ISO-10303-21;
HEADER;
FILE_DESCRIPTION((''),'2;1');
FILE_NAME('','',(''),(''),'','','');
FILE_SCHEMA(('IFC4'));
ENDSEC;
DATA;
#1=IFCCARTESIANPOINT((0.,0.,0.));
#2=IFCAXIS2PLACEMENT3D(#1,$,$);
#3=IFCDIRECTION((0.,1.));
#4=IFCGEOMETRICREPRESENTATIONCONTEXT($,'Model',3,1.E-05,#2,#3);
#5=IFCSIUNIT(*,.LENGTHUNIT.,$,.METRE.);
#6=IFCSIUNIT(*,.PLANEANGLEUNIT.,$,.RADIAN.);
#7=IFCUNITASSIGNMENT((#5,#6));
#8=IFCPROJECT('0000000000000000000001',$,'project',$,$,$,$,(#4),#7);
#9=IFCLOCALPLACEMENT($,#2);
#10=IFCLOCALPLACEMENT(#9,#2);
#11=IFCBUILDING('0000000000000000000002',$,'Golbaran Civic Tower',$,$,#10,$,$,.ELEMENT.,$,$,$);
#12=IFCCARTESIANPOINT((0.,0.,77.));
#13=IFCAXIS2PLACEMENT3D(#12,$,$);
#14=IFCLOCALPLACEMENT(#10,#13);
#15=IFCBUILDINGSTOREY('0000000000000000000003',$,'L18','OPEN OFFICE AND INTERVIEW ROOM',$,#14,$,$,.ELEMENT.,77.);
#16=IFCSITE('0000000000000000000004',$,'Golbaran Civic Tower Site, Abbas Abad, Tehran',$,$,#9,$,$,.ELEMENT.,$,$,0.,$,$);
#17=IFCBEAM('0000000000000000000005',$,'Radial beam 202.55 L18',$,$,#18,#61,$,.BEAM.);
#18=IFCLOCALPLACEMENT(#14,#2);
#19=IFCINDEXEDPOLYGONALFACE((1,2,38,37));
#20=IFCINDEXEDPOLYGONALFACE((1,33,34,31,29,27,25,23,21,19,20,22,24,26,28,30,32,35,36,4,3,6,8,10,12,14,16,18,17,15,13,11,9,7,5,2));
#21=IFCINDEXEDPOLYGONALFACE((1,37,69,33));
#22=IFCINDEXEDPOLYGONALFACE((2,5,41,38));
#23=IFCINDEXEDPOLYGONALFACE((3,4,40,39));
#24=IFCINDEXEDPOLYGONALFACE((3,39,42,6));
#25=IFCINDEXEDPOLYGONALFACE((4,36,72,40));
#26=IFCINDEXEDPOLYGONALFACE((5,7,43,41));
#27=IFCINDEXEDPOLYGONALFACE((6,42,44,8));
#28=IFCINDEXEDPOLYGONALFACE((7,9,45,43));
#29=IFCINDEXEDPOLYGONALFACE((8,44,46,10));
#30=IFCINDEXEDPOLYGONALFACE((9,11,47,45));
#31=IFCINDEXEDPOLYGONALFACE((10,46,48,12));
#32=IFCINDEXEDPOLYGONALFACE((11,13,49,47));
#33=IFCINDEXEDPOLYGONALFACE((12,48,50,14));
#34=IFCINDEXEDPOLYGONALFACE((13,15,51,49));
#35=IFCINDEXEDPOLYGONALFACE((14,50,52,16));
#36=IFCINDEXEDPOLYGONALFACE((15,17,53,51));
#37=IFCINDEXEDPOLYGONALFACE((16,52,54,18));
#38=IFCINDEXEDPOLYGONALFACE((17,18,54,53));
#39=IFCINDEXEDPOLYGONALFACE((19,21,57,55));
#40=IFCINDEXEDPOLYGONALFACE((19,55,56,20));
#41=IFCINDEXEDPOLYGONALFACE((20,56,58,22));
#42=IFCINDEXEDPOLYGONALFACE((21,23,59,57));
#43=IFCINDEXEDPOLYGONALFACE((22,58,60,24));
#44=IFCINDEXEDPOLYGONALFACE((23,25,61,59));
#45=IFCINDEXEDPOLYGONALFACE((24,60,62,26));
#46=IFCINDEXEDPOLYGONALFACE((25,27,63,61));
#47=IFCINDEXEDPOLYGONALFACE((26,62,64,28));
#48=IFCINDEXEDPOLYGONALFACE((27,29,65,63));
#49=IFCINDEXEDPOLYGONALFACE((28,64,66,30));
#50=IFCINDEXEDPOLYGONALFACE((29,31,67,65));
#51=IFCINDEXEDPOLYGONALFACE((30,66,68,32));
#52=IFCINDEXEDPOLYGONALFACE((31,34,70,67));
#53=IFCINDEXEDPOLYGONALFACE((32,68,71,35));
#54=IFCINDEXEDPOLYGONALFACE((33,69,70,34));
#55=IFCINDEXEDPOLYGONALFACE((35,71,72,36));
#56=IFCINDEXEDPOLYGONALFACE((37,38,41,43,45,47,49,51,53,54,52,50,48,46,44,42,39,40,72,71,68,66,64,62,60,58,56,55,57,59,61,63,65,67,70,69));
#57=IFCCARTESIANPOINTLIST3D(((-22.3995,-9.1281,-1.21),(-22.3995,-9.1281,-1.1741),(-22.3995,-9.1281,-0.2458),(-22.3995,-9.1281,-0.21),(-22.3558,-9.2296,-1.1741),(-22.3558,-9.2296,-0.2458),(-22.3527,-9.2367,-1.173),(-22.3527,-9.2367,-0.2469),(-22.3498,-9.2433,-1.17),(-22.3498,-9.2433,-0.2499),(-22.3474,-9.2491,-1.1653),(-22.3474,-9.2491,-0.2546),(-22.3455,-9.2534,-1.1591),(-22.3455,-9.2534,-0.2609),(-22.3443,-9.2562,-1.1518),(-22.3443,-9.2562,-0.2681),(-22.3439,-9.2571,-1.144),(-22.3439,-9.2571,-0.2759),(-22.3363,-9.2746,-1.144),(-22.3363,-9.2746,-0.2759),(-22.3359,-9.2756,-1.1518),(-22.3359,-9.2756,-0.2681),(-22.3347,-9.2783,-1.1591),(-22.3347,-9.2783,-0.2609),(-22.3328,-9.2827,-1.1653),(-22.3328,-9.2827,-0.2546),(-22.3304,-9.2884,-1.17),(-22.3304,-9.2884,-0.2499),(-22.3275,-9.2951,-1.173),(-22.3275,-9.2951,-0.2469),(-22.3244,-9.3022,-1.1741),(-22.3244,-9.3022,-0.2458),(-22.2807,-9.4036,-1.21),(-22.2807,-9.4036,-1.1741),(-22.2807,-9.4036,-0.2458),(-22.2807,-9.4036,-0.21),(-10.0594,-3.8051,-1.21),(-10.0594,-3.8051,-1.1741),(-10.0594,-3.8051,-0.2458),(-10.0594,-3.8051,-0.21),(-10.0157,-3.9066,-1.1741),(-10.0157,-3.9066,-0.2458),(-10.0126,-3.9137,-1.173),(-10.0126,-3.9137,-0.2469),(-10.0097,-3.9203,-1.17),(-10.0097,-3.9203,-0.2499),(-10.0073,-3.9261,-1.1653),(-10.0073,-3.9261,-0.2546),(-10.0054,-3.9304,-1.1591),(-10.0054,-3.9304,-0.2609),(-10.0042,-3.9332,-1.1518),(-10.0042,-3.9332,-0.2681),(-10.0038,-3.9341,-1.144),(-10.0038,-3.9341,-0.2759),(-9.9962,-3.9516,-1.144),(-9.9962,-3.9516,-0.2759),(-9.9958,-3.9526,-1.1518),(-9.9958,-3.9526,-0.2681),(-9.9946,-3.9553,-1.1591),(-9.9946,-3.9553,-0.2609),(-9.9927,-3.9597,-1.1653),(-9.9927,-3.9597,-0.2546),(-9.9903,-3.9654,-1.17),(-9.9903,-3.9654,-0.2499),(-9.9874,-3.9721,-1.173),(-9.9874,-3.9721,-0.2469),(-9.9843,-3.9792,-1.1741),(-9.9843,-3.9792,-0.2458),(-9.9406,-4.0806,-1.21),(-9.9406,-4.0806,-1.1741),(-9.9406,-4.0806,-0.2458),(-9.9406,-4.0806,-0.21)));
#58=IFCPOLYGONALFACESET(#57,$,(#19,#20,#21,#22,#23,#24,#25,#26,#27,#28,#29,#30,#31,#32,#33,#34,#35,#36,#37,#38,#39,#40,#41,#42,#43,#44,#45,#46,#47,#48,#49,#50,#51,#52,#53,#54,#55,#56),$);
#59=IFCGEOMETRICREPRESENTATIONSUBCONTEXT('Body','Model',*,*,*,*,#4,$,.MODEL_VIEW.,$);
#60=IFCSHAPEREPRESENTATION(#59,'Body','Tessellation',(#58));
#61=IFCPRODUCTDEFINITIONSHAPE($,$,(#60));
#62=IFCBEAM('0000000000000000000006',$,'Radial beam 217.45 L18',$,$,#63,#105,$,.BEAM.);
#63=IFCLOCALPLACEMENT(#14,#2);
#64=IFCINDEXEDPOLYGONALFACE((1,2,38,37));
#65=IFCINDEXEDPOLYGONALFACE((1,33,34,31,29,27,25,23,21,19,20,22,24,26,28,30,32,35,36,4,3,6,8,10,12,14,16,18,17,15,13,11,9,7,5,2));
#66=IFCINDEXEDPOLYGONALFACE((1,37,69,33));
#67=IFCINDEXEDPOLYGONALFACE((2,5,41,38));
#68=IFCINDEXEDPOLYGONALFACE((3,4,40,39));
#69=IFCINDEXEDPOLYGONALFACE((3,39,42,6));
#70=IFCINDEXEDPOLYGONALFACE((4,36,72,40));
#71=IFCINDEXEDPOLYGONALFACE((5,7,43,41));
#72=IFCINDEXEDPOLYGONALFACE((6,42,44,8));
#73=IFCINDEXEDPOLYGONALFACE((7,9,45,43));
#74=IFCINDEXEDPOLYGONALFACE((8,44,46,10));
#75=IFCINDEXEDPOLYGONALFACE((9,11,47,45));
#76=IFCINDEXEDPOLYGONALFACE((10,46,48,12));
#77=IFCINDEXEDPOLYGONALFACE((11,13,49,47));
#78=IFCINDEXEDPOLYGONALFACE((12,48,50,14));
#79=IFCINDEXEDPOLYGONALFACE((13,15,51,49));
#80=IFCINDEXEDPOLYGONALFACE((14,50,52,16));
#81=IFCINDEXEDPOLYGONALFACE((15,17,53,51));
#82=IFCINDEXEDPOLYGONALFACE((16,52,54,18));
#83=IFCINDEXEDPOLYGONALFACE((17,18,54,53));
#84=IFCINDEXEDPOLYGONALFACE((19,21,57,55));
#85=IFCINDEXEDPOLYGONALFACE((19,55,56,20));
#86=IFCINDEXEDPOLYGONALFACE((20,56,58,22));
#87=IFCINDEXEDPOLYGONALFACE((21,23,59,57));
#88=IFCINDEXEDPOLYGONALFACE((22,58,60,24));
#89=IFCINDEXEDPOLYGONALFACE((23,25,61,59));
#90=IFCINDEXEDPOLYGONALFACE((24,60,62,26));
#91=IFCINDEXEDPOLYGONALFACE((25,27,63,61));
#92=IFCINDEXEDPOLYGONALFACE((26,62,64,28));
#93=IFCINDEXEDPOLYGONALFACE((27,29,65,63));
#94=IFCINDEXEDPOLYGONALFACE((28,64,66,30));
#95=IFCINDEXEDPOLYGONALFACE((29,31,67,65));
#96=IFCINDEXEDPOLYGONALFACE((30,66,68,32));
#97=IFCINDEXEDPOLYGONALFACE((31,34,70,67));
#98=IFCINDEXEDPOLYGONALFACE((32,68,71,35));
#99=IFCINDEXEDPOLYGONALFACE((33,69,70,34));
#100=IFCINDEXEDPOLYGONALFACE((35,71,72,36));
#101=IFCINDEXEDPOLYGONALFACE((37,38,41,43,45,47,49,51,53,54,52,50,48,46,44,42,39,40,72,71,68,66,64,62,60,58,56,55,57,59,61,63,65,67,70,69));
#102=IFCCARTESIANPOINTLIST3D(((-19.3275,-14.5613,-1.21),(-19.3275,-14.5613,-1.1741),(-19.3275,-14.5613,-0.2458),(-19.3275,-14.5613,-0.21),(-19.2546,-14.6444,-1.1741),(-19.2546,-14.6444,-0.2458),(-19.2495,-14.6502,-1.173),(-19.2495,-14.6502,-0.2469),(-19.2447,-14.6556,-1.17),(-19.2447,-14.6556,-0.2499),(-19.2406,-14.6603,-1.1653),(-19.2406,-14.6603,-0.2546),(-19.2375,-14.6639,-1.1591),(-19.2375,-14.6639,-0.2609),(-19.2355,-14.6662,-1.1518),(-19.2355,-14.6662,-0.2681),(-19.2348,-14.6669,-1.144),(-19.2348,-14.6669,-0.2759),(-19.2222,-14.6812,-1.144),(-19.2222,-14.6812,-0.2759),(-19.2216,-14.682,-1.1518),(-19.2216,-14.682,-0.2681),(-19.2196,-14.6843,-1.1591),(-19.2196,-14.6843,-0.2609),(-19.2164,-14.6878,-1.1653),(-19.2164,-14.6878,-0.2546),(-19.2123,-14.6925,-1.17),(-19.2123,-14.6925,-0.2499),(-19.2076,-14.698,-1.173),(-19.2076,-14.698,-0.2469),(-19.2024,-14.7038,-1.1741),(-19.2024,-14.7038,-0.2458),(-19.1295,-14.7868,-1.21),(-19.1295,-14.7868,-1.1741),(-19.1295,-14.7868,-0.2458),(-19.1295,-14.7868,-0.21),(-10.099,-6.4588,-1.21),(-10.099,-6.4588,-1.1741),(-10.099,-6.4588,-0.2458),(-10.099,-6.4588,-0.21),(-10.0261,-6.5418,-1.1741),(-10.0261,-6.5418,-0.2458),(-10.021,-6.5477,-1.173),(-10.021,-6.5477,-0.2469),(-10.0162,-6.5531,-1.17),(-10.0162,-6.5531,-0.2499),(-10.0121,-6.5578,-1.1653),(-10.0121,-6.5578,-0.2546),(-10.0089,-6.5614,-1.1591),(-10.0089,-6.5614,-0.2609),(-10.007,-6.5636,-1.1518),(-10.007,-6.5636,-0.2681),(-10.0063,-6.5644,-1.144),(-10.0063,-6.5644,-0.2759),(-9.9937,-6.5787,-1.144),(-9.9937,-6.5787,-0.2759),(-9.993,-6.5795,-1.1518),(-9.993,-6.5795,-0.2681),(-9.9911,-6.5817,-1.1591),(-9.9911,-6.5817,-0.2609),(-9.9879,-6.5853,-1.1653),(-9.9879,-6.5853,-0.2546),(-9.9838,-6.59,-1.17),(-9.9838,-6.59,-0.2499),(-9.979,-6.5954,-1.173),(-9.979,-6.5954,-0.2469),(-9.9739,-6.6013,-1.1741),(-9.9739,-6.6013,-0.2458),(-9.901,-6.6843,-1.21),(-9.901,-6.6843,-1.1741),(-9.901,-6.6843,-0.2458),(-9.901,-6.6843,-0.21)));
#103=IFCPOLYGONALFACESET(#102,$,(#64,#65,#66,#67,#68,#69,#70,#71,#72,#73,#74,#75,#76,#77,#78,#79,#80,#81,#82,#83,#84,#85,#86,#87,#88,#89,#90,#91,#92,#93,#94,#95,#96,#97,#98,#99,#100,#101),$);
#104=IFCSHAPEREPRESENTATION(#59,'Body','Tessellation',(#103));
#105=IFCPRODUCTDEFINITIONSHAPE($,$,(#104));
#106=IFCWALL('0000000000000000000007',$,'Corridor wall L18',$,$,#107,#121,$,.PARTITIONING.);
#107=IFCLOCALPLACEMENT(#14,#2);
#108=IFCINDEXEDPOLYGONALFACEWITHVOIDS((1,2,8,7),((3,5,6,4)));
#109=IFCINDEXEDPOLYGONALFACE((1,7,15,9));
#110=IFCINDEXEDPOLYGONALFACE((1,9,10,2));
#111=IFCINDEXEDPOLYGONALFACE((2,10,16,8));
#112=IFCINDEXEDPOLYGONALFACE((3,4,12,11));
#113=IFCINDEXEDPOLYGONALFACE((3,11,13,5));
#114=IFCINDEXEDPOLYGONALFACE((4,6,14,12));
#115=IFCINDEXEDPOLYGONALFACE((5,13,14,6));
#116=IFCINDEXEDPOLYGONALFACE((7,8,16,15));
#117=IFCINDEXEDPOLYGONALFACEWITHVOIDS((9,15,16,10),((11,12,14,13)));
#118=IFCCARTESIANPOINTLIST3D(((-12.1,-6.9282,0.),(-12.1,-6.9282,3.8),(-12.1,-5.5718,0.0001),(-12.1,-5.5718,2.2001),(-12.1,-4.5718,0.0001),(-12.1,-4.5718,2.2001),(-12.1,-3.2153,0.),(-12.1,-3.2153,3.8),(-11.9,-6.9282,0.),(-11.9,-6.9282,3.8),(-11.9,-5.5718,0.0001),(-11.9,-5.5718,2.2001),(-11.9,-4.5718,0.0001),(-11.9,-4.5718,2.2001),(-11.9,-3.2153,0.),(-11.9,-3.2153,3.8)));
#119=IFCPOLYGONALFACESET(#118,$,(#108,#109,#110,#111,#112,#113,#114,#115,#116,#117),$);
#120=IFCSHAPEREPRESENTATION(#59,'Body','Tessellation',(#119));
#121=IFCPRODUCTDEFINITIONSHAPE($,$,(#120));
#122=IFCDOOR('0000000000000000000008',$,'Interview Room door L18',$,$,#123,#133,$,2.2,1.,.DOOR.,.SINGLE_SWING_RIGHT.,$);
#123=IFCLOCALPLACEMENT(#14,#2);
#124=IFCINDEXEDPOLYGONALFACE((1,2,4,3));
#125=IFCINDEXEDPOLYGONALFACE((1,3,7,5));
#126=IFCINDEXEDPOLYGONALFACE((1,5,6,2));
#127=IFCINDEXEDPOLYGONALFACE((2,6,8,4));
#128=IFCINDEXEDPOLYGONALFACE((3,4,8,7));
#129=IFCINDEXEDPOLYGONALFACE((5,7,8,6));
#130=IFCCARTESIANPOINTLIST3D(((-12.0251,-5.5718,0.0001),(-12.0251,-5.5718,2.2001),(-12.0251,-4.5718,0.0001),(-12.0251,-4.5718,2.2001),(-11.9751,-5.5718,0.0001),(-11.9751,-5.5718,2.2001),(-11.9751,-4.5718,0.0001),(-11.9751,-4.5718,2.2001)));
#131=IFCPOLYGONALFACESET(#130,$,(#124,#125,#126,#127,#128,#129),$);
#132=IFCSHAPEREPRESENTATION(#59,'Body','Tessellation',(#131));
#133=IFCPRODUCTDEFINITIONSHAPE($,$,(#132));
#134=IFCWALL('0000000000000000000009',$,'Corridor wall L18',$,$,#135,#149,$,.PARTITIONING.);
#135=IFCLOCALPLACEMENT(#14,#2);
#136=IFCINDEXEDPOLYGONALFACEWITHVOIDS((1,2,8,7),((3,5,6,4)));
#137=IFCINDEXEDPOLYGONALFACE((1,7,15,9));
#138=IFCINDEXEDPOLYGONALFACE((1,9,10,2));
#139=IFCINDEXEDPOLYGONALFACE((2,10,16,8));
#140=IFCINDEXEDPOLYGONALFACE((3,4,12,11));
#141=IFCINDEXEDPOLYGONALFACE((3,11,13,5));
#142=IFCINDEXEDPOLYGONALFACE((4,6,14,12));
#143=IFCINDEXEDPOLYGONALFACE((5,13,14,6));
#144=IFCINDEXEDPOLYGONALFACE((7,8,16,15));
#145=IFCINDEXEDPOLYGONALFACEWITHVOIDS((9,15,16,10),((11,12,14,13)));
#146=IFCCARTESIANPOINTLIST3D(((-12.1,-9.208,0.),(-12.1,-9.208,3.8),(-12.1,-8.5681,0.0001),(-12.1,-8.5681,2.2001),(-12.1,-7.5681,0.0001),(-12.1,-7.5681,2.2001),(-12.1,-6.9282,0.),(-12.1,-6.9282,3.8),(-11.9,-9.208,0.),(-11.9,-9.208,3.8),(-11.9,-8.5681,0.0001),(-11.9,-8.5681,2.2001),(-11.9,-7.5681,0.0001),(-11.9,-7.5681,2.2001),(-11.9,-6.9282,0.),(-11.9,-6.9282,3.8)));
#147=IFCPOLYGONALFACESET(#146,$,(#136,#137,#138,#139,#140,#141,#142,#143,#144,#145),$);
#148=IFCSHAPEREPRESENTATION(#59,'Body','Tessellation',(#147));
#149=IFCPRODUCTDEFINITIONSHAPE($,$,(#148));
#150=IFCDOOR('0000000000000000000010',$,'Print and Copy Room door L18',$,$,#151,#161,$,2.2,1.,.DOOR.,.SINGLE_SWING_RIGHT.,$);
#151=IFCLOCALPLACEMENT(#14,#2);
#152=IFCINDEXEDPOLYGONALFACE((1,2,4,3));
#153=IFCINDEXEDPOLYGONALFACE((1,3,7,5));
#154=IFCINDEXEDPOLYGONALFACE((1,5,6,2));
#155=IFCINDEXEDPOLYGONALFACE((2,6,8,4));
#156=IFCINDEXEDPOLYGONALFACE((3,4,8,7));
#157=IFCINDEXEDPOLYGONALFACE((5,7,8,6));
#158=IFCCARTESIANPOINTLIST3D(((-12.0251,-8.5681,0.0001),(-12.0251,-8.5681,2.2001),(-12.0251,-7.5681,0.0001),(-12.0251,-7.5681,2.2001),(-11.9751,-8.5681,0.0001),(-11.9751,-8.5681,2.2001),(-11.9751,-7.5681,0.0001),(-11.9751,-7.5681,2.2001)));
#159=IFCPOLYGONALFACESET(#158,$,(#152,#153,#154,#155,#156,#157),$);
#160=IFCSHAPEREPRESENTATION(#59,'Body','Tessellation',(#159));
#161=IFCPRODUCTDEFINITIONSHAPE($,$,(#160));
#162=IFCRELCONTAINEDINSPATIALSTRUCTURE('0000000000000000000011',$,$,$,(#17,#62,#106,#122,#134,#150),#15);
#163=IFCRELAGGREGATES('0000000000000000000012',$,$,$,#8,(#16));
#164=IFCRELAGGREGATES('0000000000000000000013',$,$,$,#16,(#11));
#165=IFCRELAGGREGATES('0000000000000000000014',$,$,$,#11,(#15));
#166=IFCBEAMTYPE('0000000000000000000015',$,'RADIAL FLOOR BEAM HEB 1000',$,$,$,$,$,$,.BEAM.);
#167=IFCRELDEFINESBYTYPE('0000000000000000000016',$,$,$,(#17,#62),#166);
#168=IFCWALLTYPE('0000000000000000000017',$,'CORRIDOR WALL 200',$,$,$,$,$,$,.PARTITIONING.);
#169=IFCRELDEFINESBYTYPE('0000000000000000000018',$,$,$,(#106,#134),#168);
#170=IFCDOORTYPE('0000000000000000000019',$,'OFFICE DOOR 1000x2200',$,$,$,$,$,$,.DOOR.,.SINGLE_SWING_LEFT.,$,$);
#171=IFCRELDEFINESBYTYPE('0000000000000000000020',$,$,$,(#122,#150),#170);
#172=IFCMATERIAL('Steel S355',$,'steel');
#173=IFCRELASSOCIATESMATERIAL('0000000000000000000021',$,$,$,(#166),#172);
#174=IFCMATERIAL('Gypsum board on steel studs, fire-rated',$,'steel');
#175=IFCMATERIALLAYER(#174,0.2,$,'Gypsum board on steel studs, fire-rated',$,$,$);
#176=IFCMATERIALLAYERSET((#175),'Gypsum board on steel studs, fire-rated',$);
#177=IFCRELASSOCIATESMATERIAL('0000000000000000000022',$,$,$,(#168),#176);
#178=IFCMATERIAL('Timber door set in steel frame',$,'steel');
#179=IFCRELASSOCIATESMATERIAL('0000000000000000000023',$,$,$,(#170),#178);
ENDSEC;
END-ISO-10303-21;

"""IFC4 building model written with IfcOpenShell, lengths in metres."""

from ifc_helpers import new_model, si_unit, direction, frame, frame_2d, origin, origin_2d, place, context, subcontext, project, spatial, rectangle, i_section, extrude, material, layer, layer_set, material_profile, profile_set, type_object, element, fill, save


model = new_model("IFC4")

# Units and contexts
model_context = context("Model", 3, precision=1e-05, world=origin(), true_north=direction((0.0, 1.0)))
body_context = subcontext(model_context, "Body", "Model", "MODEL_VIEW")
ifc_project = project(units=[si_unit("LENGTHUNIT", "METRE"), si_unit("PLANEANGLEUNIT", "RADIAN")], contexts=[model_context])

# Site, building, storey
site_placement = place(None, origin())
site = spatial("IfcSite", under=ifc_project, at=site_placement, Name="Golbaran Civic Tower Site, Abbas Abad, Tehran", CompositionType="ELEMENT", RefElevation=0.0)
building_placement = place(site_placement, origin())
building = spatial("IfcBuilding", under=site, at=building_placement, Name="Golbaran Civic Tower", CompositionType="ELEMENT")
storey_placement = place(building_placement, frame((0.0, 0.0, 77.0)))
storey = spatial("IfcBuildingStorey", under=building, at=storey_placement, Name="L18", Description="OPEN OFFICE AND INTERVIEW ROOM", CompositionType="ELEMENT", Elevation=77.0)

# Beams
ifc_material_1 = material(Name="Steel S355", Category="steel")
ifc_material_profile_1 = material_profile(ifc_material_1, i_section(OverallWidth=0.3, OverallDepth=1.0, WebThickness=0.019, FlangeThickness=0.0359, FilletRadius=0.03, at=origin_2d()), Name="HEB 1000")
ifc_profile_set_1 = profile_set([ifc_material_profile_1], Name="Steel S355")
beam_type_1 = type_object("IfcBeamType", Name="RADIAL FLOOR BEAM HEB 1000", PredefinedType="BEAM", material=ifc_profile_set_1)
beam_1_placement = place(storey_placement, frame((-10.0, -3.9429, -0.71), z_axis=(-0.918216, -0.39608, 0.0), x_axis=(0.39608, -0.918216, 0.0)))
element("IfcBeam", 1, at=beam_1_placement, inside=storey, type_object=beam_type_1, Name="Radial beam 202.55 L18", PredefinedType="BEAM", context=body_context, shape_type="SweptSolid", body=[
    extrude(i_section(OverallWidth=0.3, OverallDepth=1.0, WebThickness=0.019, FlangeThickness=0.0359, FilletRadius=0.03, at=origin_2d()), origin(), (0.0, 0.0, 1.0), 13.4392),
])
beam_2_placement = place(storey_placement, frame((-10.0, -6.5715, -0.71), z_axis=(-0.751462, -0.659776, 0.0), x_axis=(0.659776, -0.751462, 0.0)))
element("IfcBeam", 2, at=beam_2_placement, inside=storey, type_object=beam_type_1, Name="Radial beam 217.45 L18", PredefinedType="BEAM", context=body_context, shape_type="SweptSolid", body=[
    extrude(i_section(OverallWidth=0.3, OverallDepth=1.0, WebThickness=0.019, FlangeThickness=0.0359, FilletRadius=0.03, at=origin_2d()), origin(), (0.0, 0.0, 1.0), 12.2808),
])

# Walls, openings, doors
ifc_material_2 = material(Name="Gypsum board on steel studs, fire-rated", Category="steel")
ifc_layer_1 = layer(ifc_material_2, 0.2, Name="Gypsum board on steel studs, fire-rated")
ifc_layer_set_1 = layer_set([ifc_layer_1], Name="Gypsum board on steel studs, fire-rated")
wall_type_1 = type_object("IfcWallType", Name="CORRIDOR WALL 200", PredefinedType="PARTITIONING", material=ifc_layer_set_1)
wall_1_placement = place(storey_placement, frame((-12.0, -3.2153, 0.0), z_axis=(0.0, 0.0, 1.0), x_axis=(0.0, -1.0, 0.0)))
wall_1 = element("IfcWall", 3, at=wall_1_placement, inside=storey, type_object=wall_type_1, Name="Corridor wall L18", PredefinedType="PARTITIONING", context=body_context, shape_type="SweptSolid", body=[
    extrude(rectangle(XDim=3.7129, YDim=0.2, at=frame_2d((1.8564, 0.0))), origin(), (0.0, 0.0, 1.0), 3.8),
])
opening_1_placement = place(wall_1_placement, frame((1.3564, 0.0, 0.0)))
opening_1 = element("IfcOpeningElement", 4, at=opening_1_placement, cuts=wall_1, PredefinedType="OPENING", context=body_context, shape_type="SweptSolid", body=[
    extrude(rectangle(XDim=1.0, YDim=2.2, at=frame_2d((0.5, 1.1001))), frame((0.0, 0.1099, 0.0), z_axis=(0.0, -1.0, 0.0), x_axis=(1.0, 0.0, 0.0)), (0.0, 0.0, 1.0), 0.22),
])
ifc_material_3 = material(Name="Timber door set in steel frame", Category="steel")
door_type = type_object("IfcDoorType", Name="OFFICE DOOR 1000x2200", OperationType="SINGLE_SWING_LEFT", PredefinedType="DOOR", material=ifc_material_3)
door_1_placement = place(opening_1_placement, origin())
door_1 = element("IfcDoor", 5, at=door_1_placement, inside=storey, type_object=door_type, Name="Interview Room door L18", OperationType="SINGLE_SWING_RIGHT", OverallHeight=2.2, OverallWidth=1.0, PredefinedType="DOOR", context=body_context, shape_type="SweptSolid", body=[
    extrude(rectangle(XDim=1.0, YDim=2.2, at=frame_2d((0.5, 1.1001))), frame((0.0, 0.0249, 0.0), z_axis=(0.0, -1.0, 0.0), x_axis=(1.0, 0.0, 0.0)), (0.0, 0.0, 1.0), 0.05),
])
fill(opening_1, door_1)
wall_2_placement = place(storey_placement, frame((-12.0, -6.9282, 0.0), z_axis=(0.0, 0.0, 1.0), x_axis=(0.0, -1.0, 0.0)))
wall_2 = element("IfcWall", 6, at=wall_2_placement, inside=storey, type_object=wall_type_1, Name="Corridor wall L18", PredefinedType="PARTITIONING", context=body_context, shape_type="SweptSolid", body=[
    extrude(rectangle(XDim=2.2798, YDim=0.2, at=frame_2d((1.1399, 0.0))), origin(), (0.0, 0.0, 1.0), 3.8),
])
opening_2_placement = place(wall_2_placement, frame((0.6399, 0.0, 0.0)))
opening_2 = element("IfcOpeningElement", 7, at=opening_2_placement, cuts=wall_2, PredefinedType="OPENING", context=body_context, shape_type="SweptSolid", body=[
    extrude(rectangle(XDim=1.0, YDim=2.2, at=frame_2d((0.5, 1.1001))), frame((0.0, 0.1099, 0.0), z_axis=(0.0, -1.0, 0.0), x_axis=(1.0, 0.0, 0.0)), (0.0, 0.0, 1.0), 0.22),
])
door_2_placement = place(opening_2_placement, origin())
door_2 = element("IfcDoor", 8, at=door_2_placement, inside=storey, type_object=door_type, Name="Print and Copy Room door L18", OperationType="SINGLE_SWING_RIGHT", OverallHeight=2.2, OverallWidth=1.0, PredefinedType="DOOR", context=body_context, shape_type="SweptSolid", body=[
    extrude(rectangle(XDim=1.0, YDim=2.2, at=frame_2d((0.5, 1.1001))), frame((0.0, 0.0249, 0.0), z_axis=(0.0, -1.0, 0.0), x_axis=(1.0, 0.0, 0.0)), (0.0, 0.0, 1.0), 0.05),
])
fill(opening_2, door_2)

save(model, "model.ifc")
